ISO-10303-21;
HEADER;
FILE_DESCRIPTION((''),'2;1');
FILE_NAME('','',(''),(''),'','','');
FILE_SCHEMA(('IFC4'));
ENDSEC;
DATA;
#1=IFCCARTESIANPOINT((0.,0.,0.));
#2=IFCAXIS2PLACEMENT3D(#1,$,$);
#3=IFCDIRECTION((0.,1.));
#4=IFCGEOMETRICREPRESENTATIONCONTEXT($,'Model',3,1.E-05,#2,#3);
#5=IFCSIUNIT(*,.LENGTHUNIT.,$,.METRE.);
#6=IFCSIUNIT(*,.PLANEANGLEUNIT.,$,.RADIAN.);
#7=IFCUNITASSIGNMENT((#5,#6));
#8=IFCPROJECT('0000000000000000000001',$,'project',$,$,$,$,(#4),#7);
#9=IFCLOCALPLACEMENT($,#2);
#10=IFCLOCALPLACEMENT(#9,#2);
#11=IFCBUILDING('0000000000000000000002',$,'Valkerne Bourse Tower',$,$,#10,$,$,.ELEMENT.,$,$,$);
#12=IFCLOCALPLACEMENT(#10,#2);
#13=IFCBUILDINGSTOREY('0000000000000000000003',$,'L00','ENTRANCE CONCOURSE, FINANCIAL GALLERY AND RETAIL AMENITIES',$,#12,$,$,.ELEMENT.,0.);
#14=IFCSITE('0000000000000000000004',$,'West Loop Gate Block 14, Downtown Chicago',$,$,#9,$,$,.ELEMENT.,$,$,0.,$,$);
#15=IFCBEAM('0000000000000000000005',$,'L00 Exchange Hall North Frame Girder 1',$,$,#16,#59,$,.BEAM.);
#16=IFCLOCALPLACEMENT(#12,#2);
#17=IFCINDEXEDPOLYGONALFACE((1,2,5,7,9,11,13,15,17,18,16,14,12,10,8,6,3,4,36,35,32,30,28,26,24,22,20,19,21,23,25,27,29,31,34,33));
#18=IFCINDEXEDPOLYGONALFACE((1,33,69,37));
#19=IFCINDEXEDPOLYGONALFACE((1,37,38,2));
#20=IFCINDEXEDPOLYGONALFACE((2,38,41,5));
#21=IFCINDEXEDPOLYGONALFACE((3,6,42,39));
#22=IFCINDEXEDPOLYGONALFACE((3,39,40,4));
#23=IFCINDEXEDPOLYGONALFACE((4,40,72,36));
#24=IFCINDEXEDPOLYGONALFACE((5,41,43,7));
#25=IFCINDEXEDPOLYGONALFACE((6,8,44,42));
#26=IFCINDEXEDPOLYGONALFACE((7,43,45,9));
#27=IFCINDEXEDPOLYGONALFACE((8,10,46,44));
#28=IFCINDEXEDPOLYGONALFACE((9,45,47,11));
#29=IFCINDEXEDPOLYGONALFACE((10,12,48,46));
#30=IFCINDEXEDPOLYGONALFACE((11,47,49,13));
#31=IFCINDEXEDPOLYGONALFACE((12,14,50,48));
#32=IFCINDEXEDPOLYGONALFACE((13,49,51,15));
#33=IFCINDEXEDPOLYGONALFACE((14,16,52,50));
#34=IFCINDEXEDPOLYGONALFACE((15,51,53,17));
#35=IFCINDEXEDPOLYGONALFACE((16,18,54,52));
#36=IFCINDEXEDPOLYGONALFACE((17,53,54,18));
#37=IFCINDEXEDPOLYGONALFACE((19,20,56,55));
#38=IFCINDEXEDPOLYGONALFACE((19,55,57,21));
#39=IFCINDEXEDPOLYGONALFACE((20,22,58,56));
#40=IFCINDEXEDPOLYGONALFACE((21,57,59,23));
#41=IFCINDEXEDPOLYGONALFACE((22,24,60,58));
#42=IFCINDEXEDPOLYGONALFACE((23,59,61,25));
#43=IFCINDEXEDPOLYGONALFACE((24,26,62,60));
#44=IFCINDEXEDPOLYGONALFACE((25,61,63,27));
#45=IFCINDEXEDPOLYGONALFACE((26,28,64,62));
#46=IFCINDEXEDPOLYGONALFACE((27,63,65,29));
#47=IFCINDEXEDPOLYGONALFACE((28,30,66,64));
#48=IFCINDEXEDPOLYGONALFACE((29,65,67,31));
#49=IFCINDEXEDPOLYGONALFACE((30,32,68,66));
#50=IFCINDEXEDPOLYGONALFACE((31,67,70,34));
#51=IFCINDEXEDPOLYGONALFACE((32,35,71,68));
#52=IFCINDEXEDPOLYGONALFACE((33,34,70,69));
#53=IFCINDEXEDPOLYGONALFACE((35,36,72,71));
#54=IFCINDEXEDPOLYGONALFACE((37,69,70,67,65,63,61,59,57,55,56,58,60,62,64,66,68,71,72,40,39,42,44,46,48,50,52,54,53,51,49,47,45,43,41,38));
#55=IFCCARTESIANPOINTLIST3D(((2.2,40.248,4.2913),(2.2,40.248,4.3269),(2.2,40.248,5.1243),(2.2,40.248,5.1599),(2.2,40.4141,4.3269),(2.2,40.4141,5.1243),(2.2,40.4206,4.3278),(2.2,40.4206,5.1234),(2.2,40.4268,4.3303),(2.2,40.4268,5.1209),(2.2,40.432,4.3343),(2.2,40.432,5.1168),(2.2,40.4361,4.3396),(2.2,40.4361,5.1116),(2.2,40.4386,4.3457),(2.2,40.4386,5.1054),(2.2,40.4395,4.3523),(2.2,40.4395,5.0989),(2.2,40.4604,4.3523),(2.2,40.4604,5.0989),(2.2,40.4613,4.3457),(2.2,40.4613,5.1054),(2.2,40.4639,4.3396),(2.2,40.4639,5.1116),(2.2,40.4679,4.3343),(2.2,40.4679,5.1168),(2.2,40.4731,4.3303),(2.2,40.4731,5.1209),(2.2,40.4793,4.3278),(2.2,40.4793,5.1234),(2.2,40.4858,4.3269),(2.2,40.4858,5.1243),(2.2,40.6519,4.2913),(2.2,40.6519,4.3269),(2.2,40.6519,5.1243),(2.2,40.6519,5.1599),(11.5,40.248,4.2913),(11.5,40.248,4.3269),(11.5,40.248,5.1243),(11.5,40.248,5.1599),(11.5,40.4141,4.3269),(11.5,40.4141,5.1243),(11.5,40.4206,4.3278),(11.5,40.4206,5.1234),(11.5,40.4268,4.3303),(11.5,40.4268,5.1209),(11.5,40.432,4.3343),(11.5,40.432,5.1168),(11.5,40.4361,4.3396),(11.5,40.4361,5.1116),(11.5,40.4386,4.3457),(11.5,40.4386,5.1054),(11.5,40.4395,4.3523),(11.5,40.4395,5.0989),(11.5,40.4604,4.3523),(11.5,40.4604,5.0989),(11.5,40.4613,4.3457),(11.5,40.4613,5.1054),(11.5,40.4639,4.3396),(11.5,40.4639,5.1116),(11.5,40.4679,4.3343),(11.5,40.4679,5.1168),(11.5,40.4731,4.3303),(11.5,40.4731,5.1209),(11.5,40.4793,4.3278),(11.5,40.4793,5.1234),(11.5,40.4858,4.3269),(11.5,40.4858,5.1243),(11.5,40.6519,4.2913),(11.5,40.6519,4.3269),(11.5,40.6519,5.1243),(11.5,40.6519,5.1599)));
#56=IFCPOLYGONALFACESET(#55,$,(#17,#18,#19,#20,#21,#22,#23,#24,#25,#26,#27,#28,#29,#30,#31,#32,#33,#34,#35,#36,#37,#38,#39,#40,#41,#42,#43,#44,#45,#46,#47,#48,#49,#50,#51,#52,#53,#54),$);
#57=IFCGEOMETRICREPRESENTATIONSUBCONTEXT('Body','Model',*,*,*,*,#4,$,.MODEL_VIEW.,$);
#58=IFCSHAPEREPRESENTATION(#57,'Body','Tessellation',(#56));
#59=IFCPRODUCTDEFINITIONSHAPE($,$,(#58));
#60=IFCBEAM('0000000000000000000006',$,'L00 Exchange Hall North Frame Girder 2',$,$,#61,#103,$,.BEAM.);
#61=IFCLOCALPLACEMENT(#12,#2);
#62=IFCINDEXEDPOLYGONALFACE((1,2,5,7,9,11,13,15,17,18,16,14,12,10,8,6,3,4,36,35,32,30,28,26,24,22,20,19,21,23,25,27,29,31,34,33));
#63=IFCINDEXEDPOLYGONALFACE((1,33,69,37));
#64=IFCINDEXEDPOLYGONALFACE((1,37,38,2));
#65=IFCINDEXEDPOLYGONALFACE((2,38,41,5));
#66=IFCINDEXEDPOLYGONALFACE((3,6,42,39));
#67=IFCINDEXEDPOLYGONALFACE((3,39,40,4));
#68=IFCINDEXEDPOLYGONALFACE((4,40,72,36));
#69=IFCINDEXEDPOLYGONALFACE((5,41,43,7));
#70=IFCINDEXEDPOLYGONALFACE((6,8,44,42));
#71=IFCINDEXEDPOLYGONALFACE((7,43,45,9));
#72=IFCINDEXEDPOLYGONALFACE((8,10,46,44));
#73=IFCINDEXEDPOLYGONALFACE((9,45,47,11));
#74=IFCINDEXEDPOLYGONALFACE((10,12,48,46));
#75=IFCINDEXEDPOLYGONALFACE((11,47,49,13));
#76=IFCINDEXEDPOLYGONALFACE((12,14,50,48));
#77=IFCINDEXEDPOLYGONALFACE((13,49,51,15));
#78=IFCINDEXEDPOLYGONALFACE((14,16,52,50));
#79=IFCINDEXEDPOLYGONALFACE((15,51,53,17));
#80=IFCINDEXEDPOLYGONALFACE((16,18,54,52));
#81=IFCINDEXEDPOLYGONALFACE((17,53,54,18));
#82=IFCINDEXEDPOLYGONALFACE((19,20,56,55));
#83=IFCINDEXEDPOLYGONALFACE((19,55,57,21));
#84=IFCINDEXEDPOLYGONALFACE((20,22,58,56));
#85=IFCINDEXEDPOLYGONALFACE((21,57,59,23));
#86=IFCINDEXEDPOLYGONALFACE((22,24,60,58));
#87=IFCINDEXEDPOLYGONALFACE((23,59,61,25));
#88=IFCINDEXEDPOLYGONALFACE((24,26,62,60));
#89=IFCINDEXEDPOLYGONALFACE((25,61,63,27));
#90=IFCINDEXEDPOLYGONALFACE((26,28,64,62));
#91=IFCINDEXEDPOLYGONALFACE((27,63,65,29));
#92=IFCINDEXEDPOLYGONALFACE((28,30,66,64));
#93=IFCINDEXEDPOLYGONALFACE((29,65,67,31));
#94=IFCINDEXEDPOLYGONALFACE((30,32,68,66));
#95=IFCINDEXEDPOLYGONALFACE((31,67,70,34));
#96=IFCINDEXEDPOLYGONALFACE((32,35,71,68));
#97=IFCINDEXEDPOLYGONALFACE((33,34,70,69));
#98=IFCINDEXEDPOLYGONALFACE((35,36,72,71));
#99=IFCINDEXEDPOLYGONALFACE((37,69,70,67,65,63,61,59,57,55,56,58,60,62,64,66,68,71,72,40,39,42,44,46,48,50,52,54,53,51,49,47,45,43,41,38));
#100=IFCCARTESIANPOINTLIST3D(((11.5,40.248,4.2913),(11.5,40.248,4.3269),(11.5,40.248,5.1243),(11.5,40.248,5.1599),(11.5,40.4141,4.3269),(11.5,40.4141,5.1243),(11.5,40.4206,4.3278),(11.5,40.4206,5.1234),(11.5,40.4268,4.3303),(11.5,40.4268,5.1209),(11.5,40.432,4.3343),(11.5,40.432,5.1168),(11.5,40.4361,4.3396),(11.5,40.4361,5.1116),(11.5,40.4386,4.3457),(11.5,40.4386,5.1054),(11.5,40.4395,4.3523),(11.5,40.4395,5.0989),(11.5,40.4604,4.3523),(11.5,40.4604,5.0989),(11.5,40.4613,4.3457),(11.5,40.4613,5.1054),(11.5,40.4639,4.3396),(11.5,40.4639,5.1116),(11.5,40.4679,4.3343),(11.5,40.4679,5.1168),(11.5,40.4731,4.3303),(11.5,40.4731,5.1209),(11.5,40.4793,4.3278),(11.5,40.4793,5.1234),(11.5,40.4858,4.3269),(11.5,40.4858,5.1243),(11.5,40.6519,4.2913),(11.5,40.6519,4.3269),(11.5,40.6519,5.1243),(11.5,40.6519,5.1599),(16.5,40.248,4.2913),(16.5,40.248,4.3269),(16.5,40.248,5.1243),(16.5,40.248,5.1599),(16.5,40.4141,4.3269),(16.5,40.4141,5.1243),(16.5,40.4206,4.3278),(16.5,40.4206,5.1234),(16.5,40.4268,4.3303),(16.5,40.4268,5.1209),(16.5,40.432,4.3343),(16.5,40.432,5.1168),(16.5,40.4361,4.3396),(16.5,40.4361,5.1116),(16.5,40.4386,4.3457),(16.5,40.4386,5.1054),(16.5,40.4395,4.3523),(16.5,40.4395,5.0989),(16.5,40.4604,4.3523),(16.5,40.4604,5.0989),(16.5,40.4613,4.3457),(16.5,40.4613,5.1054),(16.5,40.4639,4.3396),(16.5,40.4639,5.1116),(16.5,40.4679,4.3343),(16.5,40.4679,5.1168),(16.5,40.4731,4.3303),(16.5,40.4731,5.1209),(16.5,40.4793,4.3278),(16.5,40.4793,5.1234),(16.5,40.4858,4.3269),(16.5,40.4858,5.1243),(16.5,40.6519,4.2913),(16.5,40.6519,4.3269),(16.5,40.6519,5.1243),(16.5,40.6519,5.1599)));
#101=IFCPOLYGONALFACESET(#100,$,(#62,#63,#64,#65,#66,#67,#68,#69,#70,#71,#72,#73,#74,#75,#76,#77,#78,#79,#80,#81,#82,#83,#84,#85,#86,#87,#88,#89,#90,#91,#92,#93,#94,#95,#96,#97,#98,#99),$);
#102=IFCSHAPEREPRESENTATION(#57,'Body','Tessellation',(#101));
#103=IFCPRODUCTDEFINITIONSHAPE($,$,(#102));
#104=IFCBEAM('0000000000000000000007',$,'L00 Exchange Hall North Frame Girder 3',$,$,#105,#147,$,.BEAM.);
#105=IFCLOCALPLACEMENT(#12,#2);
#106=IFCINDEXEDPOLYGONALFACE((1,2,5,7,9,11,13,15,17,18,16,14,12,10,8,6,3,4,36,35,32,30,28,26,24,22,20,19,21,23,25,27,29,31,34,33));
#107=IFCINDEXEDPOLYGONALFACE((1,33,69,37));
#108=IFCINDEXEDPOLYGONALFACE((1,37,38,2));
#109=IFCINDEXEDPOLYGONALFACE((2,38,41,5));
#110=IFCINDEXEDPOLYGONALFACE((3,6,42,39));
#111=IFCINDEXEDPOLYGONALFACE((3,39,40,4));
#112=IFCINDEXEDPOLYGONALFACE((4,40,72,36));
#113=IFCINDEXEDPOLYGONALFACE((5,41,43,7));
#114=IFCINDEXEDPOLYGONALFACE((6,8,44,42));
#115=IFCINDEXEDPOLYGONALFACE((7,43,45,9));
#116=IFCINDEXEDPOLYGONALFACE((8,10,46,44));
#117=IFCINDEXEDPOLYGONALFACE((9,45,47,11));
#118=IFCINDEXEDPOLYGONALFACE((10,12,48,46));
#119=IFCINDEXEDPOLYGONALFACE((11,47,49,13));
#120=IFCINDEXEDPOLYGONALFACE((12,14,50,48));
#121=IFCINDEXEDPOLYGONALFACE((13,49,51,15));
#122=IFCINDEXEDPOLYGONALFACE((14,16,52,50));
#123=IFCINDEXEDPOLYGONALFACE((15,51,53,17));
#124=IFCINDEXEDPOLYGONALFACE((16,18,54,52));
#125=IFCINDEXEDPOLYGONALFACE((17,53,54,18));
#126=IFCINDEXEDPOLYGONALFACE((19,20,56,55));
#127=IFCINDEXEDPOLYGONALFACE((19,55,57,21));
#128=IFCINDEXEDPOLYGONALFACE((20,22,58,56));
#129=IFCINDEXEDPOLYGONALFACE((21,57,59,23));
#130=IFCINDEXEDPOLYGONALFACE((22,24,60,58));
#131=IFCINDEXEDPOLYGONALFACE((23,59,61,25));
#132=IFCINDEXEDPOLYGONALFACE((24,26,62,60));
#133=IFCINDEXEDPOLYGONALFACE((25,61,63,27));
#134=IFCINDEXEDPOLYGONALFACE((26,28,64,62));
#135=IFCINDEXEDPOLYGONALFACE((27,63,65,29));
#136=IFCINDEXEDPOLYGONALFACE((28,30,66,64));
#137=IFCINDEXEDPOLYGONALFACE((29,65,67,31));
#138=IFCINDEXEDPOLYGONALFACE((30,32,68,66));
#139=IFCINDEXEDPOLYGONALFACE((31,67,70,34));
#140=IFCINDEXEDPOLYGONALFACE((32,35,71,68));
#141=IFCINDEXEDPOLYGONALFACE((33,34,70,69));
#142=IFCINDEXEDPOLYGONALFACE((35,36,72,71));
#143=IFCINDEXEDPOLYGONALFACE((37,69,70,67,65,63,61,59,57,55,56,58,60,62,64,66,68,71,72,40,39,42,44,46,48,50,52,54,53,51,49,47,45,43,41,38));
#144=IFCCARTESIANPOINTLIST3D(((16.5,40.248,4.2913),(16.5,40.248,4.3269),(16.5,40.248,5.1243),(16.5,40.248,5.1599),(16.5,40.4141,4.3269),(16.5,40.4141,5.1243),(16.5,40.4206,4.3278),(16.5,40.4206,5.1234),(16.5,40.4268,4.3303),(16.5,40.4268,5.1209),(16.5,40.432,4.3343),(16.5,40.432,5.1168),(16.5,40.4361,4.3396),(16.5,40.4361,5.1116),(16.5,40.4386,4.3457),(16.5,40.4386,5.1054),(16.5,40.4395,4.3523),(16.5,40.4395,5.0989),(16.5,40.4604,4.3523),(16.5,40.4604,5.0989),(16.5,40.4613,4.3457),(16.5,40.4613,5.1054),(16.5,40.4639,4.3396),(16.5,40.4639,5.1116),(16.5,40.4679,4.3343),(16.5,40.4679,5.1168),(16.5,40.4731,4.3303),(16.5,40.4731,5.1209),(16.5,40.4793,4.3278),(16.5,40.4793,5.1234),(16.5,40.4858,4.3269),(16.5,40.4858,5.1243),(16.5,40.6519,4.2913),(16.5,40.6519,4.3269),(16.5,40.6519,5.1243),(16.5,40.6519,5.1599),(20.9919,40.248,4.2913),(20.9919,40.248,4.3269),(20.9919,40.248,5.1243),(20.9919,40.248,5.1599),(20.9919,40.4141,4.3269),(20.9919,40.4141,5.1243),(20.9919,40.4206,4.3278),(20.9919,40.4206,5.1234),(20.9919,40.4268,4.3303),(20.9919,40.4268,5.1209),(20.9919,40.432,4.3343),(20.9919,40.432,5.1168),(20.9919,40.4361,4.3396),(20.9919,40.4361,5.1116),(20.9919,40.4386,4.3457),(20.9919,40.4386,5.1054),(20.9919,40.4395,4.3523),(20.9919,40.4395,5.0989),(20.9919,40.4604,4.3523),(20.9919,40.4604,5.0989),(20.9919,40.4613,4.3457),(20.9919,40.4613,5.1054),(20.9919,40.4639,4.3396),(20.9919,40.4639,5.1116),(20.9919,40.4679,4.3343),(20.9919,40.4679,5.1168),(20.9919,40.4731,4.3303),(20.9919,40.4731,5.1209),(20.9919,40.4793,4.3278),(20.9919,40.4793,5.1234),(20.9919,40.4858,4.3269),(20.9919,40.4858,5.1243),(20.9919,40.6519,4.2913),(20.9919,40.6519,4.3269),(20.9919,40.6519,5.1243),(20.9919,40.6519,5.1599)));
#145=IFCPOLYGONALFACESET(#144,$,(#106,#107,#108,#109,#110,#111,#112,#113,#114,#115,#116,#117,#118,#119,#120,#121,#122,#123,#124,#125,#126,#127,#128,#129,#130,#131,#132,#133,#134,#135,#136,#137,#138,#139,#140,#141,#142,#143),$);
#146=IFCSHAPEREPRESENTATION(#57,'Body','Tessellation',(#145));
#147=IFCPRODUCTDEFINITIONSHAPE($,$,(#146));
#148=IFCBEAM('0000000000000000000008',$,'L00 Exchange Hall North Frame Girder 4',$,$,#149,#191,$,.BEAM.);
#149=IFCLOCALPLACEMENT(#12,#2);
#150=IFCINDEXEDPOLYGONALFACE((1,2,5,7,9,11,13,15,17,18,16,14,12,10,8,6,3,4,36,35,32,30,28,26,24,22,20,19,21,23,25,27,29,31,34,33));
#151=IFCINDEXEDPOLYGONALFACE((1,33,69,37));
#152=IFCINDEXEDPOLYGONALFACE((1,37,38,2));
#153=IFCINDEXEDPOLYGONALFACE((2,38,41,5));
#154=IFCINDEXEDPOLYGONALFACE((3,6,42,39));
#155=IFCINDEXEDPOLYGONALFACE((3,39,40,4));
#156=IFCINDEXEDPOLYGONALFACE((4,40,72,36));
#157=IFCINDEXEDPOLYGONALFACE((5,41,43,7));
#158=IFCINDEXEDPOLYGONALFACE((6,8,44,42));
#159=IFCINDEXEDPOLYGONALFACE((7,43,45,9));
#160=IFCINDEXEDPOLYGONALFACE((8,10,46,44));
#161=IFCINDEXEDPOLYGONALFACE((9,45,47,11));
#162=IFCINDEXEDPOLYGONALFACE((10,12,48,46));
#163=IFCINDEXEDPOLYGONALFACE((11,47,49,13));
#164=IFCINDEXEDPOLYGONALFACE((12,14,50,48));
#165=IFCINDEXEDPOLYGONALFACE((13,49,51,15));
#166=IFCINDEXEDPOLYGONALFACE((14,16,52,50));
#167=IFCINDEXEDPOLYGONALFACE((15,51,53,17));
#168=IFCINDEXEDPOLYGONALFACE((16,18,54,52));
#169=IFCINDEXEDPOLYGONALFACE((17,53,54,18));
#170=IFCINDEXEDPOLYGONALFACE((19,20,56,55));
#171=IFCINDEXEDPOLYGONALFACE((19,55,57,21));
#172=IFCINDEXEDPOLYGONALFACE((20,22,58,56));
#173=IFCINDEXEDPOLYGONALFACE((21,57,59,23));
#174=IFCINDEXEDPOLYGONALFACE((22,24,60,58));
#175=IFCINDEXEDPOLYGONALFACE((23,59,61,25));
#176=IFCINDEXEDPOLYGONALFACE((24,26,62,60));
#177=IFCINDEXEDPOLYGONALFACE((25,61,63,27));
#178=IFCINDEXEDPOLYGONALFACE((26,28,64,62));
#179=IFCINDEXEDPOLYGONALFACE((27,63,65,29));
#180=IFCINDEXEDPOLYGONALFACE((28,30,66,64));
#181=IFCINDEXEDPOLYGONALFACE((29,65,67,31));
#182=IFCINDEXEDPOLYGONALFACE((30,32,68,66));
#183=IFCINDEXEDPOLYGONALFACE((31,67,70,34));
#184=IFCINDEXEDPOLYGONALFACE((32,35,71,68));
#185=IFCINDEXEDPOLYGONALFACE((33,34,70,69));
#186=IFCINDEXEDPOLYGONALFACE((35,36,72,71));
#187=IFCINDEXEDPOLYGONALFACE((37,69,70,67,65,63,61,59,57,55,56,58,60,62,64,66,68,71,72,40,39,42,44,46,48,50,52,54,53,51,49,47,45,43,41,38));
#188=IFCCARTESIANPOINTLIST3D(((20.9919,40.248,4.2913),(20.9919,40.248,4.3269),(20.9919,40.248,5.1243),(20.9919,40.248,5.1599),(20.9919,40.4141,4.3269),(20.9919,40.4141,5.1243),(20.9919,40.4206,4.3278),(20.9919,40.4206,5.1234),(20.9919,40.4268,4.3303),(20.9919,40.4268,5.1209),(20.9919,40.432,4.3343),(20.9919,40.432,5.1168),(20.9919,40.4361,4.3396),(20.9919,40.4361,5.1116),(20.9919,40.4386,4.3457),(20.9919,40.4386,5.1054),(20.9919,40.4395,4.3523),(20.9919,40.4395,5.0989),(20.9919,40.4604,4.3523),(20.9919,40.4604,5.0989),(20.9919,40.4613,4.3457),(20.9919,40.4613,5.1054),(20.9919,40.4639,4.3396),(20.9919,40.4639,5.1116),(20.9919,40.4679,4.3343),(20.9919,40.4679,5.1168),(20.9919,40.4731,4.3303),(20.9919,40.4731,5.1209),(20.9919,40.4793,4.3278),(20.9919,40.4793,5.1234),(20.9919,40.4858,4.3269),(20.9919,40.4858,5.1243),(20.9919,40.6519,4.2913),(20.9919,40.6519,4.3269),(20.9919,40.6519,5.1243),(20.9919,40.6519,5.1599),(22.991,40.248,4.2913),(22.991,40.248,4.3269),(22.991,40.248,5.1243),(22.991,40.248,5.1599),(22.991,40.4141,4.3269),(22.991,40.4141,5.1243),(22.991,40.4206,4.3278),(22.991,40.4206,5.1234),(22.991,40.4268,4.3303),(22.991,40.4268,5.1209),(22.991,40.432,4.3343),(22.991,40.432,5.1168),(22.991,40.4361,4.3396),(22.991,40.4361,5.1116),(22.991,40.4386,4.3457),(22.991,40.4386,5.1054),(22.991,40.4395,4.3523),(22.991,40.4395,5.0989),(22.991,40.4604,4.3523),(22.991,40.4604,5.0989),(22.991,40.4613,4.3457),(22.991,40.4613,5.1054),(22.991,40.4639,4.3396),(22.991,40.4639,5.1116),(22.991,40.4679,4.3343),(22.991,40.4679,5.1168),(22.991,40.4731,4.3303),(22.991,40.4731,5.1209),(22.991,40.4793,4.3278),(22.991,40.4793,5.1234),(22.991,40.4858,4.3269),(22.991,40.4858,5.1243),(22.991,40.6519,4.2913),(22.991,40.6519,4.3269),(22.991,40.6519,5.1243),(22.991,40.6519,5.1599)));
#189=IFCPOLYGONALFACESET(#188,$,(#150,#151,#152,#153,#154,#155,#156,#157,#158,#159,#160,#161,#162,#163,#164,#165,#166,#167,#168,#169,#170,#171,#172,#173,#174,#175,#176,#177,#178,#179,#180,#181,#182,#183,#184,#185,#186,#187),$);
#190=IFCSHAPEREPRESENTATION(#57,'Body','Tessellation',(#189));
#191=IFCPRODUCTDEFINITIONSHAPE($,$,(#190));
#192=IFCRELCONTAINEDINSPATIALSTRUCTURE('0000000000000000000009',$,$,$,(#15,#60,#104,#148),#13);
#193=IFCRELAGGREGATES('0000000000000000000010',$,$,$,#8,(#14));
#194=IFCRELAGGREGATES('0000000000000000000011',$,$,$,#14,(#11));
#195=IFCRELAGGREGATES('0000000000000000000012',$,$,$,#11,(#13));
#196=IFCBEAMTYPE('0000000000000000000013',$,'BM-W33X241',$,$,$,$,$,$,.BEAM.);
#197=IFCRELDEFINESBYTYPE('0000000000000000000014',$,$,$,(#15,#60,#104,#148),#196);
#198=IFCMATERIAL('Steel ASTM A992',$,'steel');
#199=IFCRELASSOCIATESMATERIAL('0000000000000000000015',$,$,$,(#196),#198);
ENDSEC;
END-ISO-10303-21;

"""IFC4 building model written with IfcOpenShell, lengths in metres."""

from ifc_helpers import new_model, si_unit, direction, frame, origin, origin_2d, place, context, subcontext, project, spatial, i_section, extrude, material, material_profile, profile_set, type_object, element, save


model = new_model("IFC4")

# Units and contexts
model_context = context("Model", 3, precision=1e-05, world=origin(), true_north=direction((0.0, 1.0)))
body_context = subcontext(model_context, "Body", "Model", "MODEL_VIEW")
ifc_project = project(units=[si_unit("LENGTHUNIT", "METRE"), si_unit("PLANEANGLEUNIT", "RADIAN")], contexts=[model_context])

# Site, building, storey
site_placement = place(None, origin())
site = spatial("IfcSite", under=ifc_project, at=site_placement, Name="West Loop Gate Block 14, Downtown Chicago", CompositionType="ELEMENT", RefElevation=0.0)
building_placement = place(site_placement, origin())
building = spatial("IfcBuilding", under=site, at=building_placement, Name="Valkerne Bourse Tower", CompositionType="ELEMENT")
storey_placement = place(building_placement, origin())
storey = spatial("IfcBuildingStorey", under=building, at=storey_placement, Name="L00", Description="ENTRANCE CONCOURSE, FINANCIAL GALLERY AND RETAIL AMENITIES", CompositionType="ELEMENT", Elevation=0.0)

# Beams
ifc_material_1 = material(Name="Steel ASTM A992", Category="steel")
ifc_material_profile_1 = material_profile(ifc_material_1, i_section(OverallWidth=0.4038, OverallDepth=0.8687, WebThickness=0.021, FlangeThickness=0.0356, FilletRadius=0.0254, at=origin_2d()), Name="W33X241")
ifc_profile_set_1 = profile_set([ifc_material_profile_1], Name="Steel ASTM A992")
beam_type_1 = type_object("IfcBeamType", Name="BM-W33X241", PredefinedType="BEAM", material=ifc_profile_set_1)
beam_1_placement = place(storey_placement, frame((2.2, 40.45, 4.7256), z_axis=(1.0, 0.0, 0.0), x_axis=(0.0, 1.0, 0.0)))
element("IfcBeam", 1, at=beam_1_placement, inside=storey, type_object=beam_type_1, Name="L00 Exchange Hall North Frame Girder 1", PredefinedType="BEAM", context=body_context, shape_type="SweptSolid", body=[
    extrude(i_section(OverallWidth=0.4038, OverallDepth=0.8687, WebThickness=0.021, FlangeThickness=0.0356, FilletRadius=0.0254, at=origin_2d()), origin(), (0.0, 0.0, 1.0), 9.3),
])
beam_2_placement = place(storey_placement, frame((11.5, 40.45, 4.7256), z_axis=(1.0, 0.0, 0.0), x_axis=(0.0, 1.0, 0.0)))
element("IfcBeam", 2, at=beam_2_placement, inside=storey, type_object=beam_type_1, Name="L00 Exchange Hall North Frame Girder 2", PredefinedType="BEAM", context=body_context, shape_type="SweptSolid", body=[
    extrude(i_section(OverallWidth=0.4038, OverallDepth=0.8687, WebThickness=0.021, FlangeThickness=0.0356, FilletRadius=0.0254, at=origin_2d()), origin(), (0.0, 0.0, 1.0), 5.0),
])
beam_3_placement = place(storey_placement, frame((16.5, 40.45, 4.7256), z_axis=(1.0, 0.0, 0.0), x_axis=(0.0, 1.0, 0.0)))
element("IfcBeam", 3, at=beam_3_placement, inside=storey, type_object=beam_type_1, Name="L00 Exchange Hall North Frame Girder 3", PredefinedType="BEAM", context=body_context, shape_type="SweptSolid", body=[
    extrude(i_section(OverallWidth=0.4038, OverallDepth=0.8687, WebThickness=0.021, FlangeThickness=0.0356, FilletRadius=0.0254, at=origin_2d()), origin(), (0.0, 0.0, 1.0), 4.4919),
])
beam_4_placement = place(storey_placement, frame((20.9919, 40.45, 4.7256), z_axis=(1.0, 0.0, 0.0), x_axis=(0.0, 1.0, 0.0)))
element("IfcBeam", 4, at=beam_4_placement, inside=storey, type_object=beam_type_1, Name="L00 Exchange Hall North Frame Girder 4", PredefinedType="BEAM", context=body_context, shape_type="SweptSolid", body=[
    extrude(i_section(OverallWidth=0.4038, OverallDepth=0.8687, WebThickness=0.021, FlangeThickness=0.0356, FilletRadius=0.0254, at=origin_2d()), origin(), (0.0, 0.0, 1.0), 1.999),
])

save(model, "model.ifc")
